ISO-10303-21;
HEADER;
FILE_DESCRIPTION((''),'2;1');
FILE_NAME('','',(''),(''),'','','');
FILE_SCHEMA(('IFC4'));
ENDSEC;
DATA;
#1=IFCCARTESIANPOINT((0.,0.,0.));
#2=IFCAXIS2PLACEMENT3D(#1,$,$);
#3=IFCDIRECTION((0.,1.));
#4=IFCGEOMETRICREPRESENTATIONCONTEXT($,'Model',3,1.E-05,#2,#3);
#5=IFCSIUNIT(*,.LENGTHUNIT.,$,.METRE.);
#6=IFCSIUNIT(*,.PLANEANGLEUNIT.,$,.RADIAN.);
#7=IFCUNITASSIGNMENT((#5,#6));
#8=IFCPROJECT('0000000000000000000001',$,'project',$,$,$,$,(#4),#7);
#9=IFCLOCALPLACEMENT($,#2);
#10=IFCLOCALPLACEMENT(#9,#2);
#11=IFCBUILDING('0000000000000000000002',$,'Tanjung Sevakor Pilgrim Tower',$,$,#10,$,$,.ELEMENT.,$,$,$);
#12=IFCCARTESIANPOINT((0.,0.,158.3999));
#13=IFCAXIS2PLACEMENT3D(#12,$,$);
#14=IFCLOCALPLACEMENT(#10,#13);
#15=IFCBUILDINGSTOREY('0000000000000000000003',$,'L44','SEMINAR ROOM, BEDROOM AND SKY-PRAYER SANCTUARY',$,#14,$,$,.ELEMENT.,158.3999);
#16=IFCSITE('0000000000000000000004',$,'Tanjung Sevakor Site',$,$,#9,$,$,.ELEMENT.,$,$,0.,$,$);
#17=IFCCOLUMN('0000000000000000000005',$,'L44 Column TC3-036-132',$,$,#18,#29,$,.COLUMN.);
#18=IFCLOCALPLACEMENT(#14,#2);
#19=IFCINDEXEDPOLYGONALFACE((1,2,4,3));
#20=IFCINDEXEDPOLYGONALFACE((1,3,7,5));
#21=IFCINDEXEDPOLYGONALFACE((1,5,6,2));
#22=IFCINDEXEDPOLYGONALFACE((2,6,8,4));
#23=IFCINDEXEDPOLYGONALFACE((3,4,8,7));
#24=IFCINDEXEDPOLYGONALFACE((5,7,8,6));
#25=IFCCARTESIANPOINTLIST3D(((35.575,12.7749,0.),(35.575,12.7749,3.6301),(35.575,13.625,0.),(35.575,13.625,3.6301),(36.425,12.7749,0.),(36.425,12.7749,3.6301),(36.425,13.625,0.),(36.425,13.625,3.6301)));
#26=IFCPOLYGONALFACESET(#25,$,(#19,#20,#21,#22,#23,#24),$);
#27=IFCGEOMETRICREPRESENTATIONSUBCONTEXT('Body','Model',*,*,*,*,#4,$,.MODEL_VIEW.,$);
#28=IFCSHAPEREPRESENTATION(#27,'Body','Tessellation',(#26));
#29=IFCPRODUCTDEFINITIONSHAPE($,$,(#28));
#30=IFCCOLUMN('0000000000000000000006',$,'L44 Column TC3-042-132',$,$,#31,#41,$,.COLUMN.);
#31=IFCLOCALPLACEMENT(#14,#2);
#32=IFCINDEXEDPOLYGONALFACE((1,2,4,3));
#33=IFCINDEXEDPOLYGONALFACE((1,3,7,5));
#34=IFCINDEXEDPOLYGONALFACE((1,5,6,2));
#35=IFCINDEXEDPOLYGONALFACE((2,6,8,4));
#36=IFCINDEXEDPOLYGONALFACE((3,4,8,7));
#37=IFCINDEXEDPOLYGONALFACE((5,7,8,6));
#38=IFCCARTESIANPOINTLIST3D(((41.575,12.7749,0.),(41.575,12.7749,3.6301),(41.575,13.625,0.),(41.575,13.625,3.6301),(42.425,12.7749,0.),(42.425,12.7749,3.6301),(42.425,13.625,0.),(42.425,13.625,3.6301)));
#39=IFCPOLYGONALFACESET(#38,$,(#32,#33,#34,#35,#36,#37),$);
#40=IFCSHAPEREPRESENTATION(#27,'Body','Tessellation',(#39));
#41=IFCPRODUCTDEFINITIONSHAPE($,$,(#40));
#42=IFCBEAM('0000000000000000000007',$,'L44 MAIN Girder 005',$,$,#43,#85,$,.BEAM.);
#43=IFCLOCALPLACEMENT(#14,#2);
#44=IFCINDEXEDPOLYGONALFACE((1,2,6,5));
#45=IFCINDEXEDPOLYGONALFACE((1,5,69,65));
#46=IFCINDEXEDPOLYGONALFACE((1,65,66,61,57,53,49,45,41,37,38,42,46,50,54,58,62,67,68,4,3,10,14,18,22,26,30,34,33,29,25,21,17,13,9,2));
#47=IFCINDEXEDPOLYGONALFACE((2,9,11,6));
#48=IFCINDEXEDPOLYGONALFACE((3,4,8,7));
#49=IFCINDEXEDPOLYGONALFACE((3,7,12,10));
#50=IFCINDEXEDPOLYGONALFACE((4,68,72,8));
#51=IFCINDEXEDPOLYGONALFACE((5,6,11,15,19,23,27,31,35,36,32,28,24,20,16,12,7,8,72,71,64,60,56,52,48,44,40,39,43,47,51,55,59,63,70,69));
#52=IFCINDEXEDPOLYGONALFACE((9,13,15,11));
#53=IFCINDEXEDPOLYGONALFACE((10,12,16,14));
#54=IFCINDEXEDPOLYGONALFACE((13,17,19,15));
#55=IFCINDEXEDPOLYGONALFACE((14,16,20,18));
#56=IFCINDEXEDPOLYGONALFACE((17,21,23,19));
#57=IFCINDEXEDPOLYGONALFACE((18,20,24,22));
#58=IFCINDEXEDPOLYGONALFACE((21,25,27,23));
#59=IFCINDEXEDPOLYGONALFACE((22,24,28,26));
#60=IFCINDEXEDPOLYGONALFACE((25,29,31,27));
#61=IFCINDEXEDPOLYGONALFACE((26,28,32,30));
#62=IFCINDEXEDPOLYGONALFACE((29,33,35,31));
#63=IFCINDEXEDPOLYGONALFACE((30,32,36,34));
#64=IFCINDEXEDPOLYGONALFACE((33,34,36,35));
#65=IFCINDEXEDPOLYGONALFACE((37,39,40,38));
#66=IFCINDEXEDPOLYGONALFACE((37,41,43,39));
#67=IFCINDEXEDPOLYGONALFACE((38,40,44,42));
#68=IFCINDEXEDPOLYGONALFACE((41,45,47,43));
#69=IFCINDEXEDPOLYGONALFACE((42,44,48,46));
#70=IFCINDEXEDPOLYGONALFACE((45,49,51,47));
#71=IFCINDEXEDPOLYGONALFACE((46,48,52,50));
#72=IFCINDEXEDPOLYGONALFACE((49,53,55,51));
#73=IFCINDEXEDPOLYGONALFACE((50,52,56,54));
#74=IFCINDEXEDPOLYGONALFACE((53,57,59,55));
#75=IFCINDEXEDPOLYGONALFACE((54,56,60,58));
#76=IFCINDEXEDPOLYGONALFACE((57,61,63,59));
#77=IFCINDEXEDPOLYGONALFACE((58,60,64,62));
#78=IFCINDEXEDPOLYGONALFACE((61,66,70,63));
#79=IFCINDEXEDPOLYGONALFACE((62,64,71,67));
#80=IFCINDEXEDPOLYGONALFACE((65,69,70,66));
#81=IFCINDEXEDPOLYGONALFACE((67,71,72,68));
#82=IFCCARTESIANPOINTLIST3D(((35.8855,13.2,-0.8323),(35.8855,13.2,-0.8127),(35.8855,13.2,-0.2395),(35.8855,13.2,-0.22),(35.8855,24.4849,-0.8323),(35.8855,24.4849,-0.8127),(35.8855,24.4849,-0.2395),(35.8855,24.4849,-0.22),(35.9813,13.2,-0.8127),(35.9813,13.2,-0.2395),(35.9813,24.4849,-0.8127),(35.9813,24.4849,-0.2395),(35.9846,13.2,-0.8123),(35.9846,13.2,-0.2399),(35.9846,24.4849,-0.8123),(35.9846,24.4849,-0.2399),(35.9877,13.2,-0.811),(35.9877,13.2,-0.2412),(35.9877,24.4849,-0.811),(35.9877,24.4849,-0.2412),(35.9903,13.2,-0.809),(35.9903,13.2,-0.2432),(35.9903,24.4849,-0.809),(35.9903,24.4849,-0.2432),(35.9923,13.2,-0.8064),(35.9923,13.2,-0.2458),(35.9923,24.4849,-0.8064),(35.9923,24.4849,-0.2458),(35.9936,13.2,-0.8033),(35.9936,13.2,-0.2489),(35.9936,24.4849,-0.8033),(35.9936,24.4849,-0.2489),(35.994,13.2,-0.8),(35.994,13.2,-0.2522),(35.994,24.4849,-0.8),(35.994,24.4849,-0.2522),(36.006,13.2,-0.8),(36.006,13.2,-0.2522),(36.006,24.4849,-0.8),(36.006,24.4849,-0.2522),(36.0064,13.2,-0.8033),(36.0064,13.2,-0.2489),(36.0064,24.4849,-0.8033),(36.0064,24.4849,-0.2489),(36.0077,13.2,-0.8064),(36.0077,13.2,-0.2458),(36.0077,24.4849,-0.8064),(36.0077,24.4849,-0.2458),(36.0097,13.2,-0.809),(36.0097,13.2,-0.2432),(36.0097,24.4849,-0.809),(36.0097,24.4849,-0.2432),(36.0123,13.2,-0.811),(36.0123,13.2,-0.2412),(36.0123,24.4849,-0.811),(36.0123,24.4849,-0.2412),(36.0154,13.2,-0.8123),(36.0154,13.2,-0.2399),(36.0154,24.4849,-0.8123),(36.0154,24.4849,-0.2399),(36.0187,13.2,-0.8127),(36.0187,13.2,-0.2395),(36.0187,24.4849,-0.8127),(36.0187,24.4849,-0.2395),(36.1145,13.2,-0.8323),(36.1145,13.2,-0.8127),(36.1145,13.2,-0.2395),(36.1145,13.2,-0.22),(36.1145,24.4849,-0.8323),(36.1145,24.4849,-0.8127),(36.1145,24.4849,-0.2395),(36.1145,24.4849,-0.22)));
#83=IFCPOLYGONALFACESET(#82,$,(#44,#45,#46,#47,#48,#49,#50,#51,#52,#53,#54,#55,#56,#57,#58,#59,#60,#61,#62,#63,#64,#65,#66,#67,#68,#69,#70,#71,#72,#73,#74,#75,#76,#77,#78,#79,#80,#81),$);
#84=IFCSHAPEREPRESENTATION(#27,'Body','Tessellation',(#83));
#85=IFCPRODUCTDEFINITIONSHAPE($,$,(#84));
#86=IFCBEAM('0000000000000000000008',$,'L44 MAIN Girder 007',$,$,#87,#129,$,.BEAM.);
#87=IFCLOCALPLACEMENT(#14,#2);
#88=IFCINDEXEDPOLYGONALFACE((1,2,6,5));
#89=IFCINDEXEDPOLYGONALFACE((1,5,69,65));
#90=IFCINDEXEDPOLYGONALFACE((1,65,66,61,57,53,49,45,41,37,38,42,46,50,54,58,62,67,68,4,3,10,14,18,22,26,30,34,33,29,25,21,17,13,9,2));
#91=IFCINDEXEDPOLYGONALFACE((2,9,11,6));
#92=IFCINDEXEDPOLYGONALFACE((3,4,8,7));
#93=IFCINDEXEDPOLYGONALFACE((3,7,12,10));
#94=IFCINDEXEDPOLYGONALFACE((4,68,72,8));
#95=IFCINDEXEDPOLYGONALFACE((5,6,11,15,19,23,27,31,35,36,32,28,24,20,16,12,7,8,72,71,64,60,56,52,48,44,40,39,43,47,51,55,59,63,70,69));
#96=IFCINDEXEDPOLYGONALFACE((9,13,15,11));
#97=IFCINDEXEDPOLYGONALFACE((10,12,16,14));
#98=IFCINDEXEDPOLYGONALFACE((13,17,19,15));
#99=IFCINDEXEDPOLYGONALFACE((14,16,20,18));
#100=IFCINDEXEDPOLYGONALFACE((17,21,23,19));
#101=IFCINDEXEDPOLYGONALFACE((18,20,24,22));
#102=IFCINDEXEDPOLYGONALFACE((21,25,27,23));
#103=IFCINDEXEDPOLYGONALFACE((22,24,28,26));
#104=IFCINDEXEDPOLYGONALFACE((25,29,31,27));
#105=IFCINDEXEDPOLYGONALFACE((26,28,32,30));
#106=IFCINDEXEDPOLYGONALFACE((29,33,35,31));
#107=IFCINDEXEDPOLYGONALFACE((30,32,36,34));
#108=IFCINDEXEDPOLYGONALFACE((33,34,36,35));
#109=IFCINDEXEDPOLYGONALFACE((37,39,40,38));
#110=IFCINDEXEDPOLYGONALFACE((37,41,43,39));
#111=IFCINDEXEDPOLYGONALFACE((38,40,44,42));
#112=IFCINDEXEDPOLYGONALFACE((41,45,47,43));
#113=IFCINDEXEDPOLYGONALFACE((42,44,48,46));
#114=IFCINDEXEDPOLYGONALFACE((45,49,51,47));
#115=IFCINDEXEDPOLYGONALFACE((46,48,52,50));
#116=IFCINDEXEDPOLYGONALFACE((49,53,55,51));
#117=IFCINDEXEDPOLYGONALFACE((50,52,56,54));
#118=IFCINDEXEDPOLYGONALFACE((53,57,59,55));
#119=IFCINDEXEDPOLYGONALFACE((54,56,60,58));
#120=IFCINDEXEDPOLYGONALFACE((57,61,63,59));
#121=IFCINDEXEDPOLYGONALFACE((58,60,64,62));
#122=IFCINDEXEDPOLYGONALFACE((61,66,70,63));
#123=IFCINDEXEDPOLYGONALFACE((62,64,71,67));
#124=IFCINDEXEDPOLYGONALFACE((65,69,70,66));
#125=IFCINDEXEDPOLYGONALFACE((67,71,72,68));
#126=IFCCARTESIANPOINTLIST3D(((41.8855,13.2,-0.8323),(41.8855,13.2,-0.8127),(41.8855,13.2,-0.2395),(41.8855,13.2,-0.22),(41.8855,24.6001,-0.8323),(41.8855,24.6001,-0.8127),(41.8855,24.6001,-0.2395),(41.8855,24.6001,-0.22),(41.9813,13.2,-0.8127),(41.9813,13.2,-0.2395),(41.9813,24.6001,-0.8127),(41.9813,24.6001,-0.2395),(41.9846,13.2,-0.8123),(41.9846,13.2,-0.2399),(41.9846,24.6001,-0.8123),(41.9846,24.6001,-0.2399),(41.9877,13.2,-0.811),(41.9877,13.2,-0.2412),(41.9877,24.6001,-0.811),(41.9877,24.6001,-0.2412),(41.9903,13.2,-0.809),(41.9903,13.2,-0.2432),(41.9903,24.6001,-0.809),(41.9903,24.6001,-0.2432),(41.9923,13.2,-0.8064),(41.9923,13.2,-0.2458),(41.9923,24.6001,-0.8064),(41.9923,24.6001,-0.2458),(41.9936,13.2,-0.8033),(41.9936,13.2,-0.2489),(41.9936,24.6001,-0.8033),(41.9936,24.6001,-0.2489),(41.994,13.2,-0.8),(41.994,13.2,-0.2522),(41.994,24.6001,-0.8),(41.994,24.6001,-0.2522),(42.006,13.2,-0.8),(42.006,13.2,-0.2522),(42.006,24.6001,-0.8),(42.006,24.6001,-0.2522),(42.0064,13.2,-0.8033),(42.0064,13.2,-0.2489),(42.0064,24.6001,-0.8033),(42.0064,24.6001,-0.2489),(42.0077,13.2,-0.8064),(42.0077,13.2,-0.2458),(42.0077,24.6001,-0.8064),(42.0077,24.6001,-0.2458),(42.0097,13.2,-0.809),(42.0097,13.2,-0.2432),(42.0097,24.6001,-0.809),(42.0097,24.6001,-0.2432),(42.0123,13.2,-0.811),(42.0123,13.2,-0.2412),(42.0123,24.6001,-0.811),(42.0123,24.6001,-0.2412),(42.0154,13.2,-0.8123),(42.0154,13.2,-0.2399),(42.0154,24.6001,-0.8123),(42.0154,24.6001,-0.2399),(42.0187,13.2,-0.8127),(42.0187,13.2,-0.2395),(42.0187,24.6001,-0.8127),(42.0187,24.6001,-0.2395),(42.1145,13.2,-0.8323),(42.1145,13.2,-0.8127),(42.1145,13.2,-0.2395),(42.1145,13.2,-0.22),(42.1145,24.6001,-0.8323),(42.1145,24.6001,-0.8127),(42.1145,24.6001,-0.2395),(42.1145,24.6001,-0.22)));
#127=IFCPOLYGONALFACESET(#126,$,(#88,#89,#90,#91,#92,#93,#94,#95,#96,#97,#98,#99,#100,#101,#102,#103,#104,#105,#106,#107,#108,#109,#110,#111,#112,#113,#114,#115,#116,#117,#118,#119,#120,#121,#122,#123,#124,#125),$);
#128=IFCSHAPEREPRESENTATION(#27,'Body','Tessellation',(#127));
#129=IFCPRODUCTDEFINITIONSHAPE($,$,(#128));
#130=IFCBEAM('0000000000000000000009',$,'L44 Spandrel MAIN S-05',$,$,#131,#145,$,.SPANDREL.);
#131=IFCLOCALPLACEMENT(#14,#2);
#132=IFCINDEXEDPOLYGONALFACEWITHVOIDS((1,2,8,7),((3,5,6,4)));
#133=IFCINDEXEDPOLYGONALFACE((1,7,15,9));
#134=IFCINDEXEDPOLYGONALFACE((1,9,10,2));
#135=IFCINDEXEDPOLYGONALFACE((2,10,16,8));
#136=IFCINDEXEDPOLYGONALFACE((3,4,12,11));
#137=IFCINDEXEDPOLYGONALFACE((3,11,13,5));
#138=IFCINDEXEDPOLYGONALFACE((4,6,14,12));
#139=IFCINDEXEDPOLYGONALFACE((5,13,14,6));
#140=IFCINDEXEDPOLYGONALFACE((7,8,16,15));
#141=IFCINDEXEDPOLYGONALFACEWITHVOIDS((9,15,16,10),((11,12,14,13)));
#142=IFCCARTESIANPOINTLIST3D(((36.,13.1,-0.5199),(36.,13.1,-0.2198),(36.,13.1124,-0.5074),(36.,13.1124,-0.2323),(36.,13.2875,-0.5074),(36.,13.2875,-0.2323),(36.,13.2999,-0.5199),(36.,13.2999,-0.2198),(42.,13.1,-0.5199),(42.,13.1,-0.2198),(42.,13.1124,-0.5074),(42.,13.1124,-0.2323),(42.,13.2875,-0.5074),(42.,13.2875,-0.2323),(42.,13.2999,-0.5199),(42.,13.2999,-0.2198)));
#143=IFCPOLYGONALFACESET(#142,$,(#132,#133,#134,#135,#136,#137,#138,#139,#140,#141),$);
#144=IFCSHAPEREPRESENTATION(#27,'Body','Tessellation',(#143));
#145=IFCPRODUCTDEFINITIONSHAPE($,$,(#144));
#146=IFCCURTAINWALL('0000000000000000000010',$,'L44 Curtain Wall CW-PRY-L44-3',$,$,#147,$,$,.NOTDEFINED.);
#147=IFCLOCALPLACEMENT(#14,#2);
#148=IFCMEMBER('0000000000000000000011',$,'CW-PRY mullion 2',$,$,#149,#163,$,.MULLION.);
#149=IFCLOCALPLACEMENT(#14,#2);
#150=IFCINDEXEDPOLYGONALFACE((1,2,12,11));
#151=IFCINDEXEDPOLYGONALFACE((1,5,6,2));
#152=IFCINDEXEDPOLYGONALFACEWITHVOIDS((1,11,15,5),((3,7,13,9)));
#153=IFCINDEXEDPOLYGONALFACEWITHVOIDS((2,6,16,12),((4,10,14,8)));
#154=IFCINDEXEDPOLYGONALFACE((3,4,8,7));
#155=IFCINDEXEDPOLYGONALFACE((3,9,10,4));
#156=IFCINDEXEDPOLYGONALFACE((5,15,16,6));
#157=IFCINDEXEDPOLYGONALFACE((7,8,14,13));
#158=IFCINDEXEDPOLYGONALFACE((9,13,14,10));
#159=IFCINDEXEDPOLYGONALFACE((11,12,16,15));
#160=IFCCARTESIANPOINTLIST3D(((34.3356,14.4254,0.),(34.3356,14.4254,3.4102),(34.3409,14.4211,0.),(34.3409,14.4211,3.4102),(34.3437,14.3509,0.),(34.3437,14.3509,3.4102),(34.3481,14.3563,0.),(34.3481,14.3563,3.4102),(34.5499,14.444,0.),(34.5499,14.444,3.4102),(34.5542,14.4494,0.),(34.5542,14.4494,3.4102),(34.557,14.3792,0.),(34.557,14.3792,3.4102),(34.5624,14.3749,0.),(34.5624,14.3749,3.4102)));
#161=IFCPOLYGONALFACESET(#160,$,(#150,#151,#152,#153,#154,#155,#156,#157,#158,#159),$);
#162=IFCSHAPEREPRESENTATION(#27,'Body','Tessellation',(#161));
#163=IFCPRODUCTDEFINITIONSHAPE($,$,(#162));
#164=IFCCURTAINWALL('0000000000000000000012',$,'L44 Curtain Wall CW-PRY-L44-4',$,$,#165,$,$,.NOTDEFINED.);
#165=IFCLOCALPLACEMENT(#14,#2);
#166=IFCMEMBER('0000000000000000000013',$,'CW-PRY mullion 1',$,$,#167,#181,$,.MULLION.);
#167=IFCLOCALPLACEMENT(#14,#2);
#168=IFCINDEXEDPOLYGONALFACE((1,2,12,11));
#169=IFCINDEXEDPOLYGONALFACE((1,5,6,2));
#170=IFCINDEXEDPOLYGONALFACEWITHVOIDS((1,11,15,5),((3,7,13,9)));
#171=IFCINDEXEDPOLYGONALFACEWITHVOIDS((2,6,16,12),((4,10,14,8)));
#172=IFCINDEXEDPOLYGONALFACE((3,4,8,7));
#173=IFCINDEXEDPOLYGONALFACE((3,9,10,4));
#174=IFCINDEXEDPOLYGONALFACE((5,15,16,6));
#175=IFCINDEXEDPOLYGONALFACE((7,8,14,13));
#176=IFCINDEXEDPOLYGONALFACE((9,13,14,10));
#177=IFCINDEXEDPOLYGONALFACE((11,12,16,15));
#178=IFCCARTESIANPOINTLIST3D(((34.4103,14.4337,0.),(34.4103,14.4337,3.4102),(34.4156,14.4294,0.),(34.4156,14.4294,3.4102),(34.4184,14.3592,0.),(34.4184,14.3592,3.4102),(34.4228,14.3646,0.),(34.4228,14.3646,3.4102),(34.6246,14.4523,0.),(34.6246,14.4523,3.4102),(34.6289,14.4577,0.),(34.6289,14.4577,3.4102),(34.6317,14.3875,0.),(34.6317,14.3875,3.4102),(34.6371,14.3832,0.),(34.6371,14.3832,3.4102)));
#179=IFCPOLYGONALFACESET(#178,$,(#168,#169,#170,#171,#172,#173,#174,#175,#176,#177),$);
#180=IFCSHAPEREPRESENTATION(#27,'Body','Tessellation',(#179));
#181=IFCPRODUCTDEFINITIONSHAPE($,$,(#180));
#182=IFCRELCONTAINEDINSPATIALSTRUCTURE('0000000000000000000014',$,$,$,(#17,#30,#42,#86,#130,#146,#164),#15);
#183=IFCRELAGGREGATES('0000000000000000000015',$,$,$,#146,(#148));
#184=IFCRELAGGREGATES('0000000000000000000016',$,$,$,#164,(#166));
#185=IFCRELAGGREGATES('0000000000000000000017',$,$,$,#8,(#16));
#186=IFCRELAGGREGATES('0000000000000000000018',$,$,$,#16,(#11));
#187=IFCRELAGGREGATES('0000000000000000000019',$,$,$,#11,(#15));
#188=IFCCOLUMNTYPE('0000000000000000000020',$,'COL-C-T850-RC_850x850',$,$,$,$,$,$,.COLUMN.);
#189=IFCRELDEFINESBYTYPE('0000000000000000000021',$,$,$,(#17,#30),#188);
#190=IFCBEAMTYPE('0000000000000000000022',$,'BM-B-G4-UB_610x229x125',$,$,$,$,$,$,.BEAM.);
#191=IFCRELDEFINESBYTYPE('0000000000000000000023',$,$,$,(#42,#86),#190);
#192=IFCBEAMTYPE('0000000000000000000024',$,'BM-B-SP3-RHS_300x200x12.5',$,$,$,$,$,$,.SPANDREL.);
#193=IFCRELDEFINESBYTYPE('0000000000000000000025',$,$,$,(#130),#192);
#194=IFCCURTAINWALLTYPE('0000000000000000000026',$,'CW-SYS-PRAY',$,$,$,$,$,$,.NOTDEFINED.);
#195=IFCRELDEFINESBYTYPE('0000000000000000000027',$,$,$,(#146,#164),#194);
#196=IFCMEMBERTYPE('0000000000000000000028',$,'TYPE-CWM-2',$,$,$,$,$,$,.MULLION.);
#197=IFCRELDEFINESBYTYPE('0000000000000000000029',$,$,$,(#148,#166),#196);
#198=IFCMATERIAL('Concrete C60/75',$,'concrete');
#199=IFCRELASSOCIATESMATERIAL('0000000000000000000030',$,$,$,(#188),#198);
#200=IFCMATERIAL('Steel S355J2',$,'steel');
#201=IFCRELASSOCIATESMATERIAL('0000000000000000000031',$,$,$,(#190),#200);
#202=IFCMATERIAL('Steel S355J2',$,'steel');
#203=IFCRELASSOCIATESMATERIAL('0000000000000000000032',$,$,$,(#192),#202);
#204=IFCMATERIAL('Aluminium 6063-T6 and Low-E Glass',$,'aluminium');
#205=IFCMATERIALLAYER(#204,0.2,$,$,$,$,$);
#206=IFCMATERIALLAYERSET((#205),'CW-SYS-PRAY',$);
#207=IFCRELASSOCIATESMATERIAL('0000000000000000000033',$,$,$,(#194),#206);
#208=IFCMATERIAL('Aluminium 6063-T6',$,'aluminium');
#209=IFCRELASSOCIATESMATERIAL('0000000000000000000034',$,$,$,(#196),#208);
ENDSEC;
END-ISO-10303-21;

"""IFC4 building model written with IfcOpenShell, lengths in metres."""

from ifc_helpers import new_model, si_unit, direction, frame, origin, origin_2d, place, context, subcontext, project, spatial, rectangle, hollow_rectangle, i_section, extrude, material, layer, layer_set, material_profile, profile_set, type_object, element, aggregate, save


model = new_model("IFC4")

# Units and contexts
model_context = context("Model", 3, precision=1e-05, world=origin(), true_north=direction((0.0, 1.0)))
body_context = subcontext(model_context, "Body", "Model", "MODEL_VIEW")
ifc_project = project(units=[si_unit("LENGTHUNIT", "METRE"), si_unit("PLANEANGLEUNIT", "RADIAN")], contexts=[model_context])

# Site, building, storey
site_placement = place(None, origin())
site = spatial("IfcSite", under=ifc_project, at=site_placement, Name="Tanjung Sevakor Site", CompositionType="ELEMENT", RefElevation=0.0)
building_placement = place(site_placement, origin())
building = spatial("IfcBuilding", under=site, at=building_placement, Name="Tanjung Sevakor Pilgrim Tower", CompositionType="ELEMENT")
storey_placement = place(building_placement, frame((0.0, 0.0, 158.3999)))
storey = spatial("IfcBuildingStorey", under=building, at=storey_placement, Name="L44", Description="SEMINAR ROOM, BEDROOM AND SKY-PRAYER SANCTUARY", CompositionType="ELEMENT", Elevation=158.3999)

# Columns
ifc_material_1 = material(Name="Concrete C60/75", Category="concrete")
ifc_material_profile_1 = material_profile(ifc_material_1, rectangle(XDim=0.8501, YDim=0.8501, at=origin_2d()))
ifc_profile_set_1 = profile_set([ifc_material_profile_1], Name="Concrete C60/75")
column_type = type_object("IfcColumnType", Name="COL-C-T850-RC_850x850", PredefinedType="COLUMN", material=ifc_profile_set_1)
for number, where, z_axis, x_axis, name in (
    (1, (36.0, 13.2, 0.0), (0.0, 0.0, 1.0), (1.0, 0.0, 0.0), "L44 Column TC3-036-132"),
    (2, (42.0, 13.2, 0.0), (0.0, 0.0, 1.0), (1.0, 0.0, 0.0), "L44 Column TC3-042-132"),
):
    element("IfcColumn", number, at=place(storey_placement, frame(where, z_axis=z_axis, x_axis=x_axis)), inside=storey, type_object=column_type, Name=name, PredefinedType="COLUMN", context=body_context, shape_type="SweptSolid", body=[
        extrude(rectangle(XDim=0.8501, YDim=0.8501, at=origin_2d()), origin(), (0.0, 0.0, 1.0), 3.6301),
    ])

# Beams
ifc_material_2 = material(Name="Steel S355J2", Category="steel")
ifc_material_profile_2 = material_profile(ifc_material_2, i_section(OverallWidth=0.229, OverallDepth=0.6123, WebThickness=0.012, FlangeThickness=0.0195, FilletRadius=0.0127, at=origin_2d()))
ifc_profile_set_2 = profile_set([ifc_material_profile_2], Name="Steel S355J2")
beam_type_1 = type_object("IfcBeamType", Name="BM-B-G4-UB_610x229x125", PredefinedType="BEAM", material=ifc_profile_set_2)
beam_1_placement = place(storey_placement, frame((36.0, 13.2, -0.5261), z_axis=(0.0, 1.0, 0.0), x_axis=(-1.0, 0.0, 0.0)))
element("IfcBeam", 3, at=beam_1_placement, inside=storey, type_object=beam_type_1, Name="L44 MAIN Girder 005", PredefinedType="BEAM", context=body_context, shape_type="SweptSolid", body=[
    extrude(i_section(OverallWidth=0.229, OverallDepth=0.6123, WebThickness=0.012, FlangeThickness=0.0195, FilletRadius=0.0127, at=origin_2d()), origin(), (0.0, 0.0, 1.0), 11.2849),
])
beam_2_placement = place(storey_placement, frame((42.0, 13.2, -0.5261), z_axis=(0.0, 1.0, 0.0), x_axis=(-1.0, 0.0, 0.0)))
element("IfcBeam", 4, at=beam_2_placement, inside=storey, type_object=beam_type_1, Name="L44 MAIN Girder 007", PredefinedType="BEAM", context=body_context, shape_type="SweptSolid", body=[
    extrude(i_section(OverallWidth=0.229, OverallDepth=0.6123, WebThickness=0.012, FlangeThickness=0.0195, FilletRadius=0.0127, at=origin_2d()), origin(), (0.0, 0.0, 1.0), 11.4001),
])
ifc_material_3 = material(Name="Steel S355J2", Category="steel")
ifc_material_profile_3 = material_profile(ifc_material_3, hollow_rectangle(XDim=0.2, YDim=0.3, WallThickness=0.0125, at=origin_2d()))
ifc_profile_set_3 = profile_set([ifc_material_profile_3], Name="Steel S355J2")
beam_type_2 = type_object("IfcBeamType", Name="BM-B-SP3-RHS_300x200x12.5", PredefinedType="SPANDREL", material=ifc_profile_set_3)
beam_3_placement = place(storey_placement, frame((36.0, 13.2, -0.3699), z_axis=(1.0, 0.0, 0.0), x_axis=(0.0, 1.0, 0.0)))
element("IfcBeam", 5, at=beam_3_placement, inside=storey, type_object=beam_type_2, Name="L44 Spandrel MAIN S-05", PredefinedType="SPANDREL", context=body_context, shape_type="SweptSolid", body=[
    extrude(hollow_rectangle(XDim=0.2, YDim=0.3, WallThickness=0.0125, at=origin_2d()), origin(), (0.0, 0.0, 1.0), 6.0),
])

# Curtain wall, member
ifc_material_4 = material(Name="Aluminium 6063-T6 and Low-E Glass", Category="aluminium")
ifc_layer_1 = layer(ifc_material_4, 0.2)
ifc_layer_set_1 = layer_set([ifc_layer_1], Name="CW-SYS-PRAY")
curtain_wall_type = type_object("IfcCurtainWallType", Name="CW-SYS-PRAY", PredefinedType="NOTDEFINED", material=ifc_layer_set_1)
curtain_wall_1_placement = place(storey_placement, origin())
curtain_wall_1 = element("IfcCurtainWall", 6, at=curtain_wall_1_placement, inside=storey, type_object=curtain_wall_type, Name="L44 Curtain Wall CW-PRY-L44-3", PredefinedType="NOTDEFINED")
ifc_material_5 = material(Name="Aluminium 6063-T6", Category="aluminium")
ifc_material_profile_4 = material_profile(ifc_material_5, hollow_rectangle(XDim=0.075, YDim=0.22, WallThickness=0.0049, at=origin_2d()))
ifc_profile_set_4 = profile_set([ifc_material_profile_4], Name="Aluminium 6063-T6")
member_type_1 = type_object("IfcMemberType", Name="TYPE-CWM-2", PredefinedType="MULLION", material=ifc_profile_set_4)
member_1_placement = place(storey_placement, frame((34.449, 14.4001, 0.0), z_axis=(0.0, 0.0, 1.0), x_axis=(-0.109234, 0.994016, 0.0)))
member_1 = element("IfcMember", 7, at=member_1_placement, type_object=member_type_1, Name="CW-PRY mullion 2", PredefinedType="MULLION", context=body_context, shape_type="SweptSolid", body=[
    extrude(hollow_rectangle(XDim=0.075, YDim=0.22, WallThickness=0.0049, at=origin_2d()), origin(), (0.0, 0.0, 1.0), 3.4102),
])

# Curtain wall, member
curtain_wall_2_placement = place(storey_placement, origin())
curtain_wall_2 = element("IfcCurtainWall", 8, at=curtain_wall_2_placement, inside=storey, type_object=curtain_wall_type, Name="L44 Curtain Wall CW-PRY-L44-4", PredefinedType="NOTDEFINED")
member_2_placement = place(storey_placement, frame((34.5237, 14.4084, 0.0), z_axis=(0.0, 0.0, 1.0), x_axis=(-0.109231, 0.994016, 0.0)))
member_2 = element("IfcMember", 9, at=member_2_placement, type_object=member_type_1, Name="CW-PRY mullion 1", PredefinedType="MULLION", context=body_context, shape_type="SweptSolid", body=[
    extrude(hollow_rectangle(XDim=0.075, YDim=0.22, WallThickness=0.0049, at=origin_2d()), origin(), (0.0, 0.0, 1.0), 3.4102),
])

aggregate(curtain_wall_1, [member_1])
aggregate(curtain_wall_2, [member_2])

save(model, "model.ifc")
